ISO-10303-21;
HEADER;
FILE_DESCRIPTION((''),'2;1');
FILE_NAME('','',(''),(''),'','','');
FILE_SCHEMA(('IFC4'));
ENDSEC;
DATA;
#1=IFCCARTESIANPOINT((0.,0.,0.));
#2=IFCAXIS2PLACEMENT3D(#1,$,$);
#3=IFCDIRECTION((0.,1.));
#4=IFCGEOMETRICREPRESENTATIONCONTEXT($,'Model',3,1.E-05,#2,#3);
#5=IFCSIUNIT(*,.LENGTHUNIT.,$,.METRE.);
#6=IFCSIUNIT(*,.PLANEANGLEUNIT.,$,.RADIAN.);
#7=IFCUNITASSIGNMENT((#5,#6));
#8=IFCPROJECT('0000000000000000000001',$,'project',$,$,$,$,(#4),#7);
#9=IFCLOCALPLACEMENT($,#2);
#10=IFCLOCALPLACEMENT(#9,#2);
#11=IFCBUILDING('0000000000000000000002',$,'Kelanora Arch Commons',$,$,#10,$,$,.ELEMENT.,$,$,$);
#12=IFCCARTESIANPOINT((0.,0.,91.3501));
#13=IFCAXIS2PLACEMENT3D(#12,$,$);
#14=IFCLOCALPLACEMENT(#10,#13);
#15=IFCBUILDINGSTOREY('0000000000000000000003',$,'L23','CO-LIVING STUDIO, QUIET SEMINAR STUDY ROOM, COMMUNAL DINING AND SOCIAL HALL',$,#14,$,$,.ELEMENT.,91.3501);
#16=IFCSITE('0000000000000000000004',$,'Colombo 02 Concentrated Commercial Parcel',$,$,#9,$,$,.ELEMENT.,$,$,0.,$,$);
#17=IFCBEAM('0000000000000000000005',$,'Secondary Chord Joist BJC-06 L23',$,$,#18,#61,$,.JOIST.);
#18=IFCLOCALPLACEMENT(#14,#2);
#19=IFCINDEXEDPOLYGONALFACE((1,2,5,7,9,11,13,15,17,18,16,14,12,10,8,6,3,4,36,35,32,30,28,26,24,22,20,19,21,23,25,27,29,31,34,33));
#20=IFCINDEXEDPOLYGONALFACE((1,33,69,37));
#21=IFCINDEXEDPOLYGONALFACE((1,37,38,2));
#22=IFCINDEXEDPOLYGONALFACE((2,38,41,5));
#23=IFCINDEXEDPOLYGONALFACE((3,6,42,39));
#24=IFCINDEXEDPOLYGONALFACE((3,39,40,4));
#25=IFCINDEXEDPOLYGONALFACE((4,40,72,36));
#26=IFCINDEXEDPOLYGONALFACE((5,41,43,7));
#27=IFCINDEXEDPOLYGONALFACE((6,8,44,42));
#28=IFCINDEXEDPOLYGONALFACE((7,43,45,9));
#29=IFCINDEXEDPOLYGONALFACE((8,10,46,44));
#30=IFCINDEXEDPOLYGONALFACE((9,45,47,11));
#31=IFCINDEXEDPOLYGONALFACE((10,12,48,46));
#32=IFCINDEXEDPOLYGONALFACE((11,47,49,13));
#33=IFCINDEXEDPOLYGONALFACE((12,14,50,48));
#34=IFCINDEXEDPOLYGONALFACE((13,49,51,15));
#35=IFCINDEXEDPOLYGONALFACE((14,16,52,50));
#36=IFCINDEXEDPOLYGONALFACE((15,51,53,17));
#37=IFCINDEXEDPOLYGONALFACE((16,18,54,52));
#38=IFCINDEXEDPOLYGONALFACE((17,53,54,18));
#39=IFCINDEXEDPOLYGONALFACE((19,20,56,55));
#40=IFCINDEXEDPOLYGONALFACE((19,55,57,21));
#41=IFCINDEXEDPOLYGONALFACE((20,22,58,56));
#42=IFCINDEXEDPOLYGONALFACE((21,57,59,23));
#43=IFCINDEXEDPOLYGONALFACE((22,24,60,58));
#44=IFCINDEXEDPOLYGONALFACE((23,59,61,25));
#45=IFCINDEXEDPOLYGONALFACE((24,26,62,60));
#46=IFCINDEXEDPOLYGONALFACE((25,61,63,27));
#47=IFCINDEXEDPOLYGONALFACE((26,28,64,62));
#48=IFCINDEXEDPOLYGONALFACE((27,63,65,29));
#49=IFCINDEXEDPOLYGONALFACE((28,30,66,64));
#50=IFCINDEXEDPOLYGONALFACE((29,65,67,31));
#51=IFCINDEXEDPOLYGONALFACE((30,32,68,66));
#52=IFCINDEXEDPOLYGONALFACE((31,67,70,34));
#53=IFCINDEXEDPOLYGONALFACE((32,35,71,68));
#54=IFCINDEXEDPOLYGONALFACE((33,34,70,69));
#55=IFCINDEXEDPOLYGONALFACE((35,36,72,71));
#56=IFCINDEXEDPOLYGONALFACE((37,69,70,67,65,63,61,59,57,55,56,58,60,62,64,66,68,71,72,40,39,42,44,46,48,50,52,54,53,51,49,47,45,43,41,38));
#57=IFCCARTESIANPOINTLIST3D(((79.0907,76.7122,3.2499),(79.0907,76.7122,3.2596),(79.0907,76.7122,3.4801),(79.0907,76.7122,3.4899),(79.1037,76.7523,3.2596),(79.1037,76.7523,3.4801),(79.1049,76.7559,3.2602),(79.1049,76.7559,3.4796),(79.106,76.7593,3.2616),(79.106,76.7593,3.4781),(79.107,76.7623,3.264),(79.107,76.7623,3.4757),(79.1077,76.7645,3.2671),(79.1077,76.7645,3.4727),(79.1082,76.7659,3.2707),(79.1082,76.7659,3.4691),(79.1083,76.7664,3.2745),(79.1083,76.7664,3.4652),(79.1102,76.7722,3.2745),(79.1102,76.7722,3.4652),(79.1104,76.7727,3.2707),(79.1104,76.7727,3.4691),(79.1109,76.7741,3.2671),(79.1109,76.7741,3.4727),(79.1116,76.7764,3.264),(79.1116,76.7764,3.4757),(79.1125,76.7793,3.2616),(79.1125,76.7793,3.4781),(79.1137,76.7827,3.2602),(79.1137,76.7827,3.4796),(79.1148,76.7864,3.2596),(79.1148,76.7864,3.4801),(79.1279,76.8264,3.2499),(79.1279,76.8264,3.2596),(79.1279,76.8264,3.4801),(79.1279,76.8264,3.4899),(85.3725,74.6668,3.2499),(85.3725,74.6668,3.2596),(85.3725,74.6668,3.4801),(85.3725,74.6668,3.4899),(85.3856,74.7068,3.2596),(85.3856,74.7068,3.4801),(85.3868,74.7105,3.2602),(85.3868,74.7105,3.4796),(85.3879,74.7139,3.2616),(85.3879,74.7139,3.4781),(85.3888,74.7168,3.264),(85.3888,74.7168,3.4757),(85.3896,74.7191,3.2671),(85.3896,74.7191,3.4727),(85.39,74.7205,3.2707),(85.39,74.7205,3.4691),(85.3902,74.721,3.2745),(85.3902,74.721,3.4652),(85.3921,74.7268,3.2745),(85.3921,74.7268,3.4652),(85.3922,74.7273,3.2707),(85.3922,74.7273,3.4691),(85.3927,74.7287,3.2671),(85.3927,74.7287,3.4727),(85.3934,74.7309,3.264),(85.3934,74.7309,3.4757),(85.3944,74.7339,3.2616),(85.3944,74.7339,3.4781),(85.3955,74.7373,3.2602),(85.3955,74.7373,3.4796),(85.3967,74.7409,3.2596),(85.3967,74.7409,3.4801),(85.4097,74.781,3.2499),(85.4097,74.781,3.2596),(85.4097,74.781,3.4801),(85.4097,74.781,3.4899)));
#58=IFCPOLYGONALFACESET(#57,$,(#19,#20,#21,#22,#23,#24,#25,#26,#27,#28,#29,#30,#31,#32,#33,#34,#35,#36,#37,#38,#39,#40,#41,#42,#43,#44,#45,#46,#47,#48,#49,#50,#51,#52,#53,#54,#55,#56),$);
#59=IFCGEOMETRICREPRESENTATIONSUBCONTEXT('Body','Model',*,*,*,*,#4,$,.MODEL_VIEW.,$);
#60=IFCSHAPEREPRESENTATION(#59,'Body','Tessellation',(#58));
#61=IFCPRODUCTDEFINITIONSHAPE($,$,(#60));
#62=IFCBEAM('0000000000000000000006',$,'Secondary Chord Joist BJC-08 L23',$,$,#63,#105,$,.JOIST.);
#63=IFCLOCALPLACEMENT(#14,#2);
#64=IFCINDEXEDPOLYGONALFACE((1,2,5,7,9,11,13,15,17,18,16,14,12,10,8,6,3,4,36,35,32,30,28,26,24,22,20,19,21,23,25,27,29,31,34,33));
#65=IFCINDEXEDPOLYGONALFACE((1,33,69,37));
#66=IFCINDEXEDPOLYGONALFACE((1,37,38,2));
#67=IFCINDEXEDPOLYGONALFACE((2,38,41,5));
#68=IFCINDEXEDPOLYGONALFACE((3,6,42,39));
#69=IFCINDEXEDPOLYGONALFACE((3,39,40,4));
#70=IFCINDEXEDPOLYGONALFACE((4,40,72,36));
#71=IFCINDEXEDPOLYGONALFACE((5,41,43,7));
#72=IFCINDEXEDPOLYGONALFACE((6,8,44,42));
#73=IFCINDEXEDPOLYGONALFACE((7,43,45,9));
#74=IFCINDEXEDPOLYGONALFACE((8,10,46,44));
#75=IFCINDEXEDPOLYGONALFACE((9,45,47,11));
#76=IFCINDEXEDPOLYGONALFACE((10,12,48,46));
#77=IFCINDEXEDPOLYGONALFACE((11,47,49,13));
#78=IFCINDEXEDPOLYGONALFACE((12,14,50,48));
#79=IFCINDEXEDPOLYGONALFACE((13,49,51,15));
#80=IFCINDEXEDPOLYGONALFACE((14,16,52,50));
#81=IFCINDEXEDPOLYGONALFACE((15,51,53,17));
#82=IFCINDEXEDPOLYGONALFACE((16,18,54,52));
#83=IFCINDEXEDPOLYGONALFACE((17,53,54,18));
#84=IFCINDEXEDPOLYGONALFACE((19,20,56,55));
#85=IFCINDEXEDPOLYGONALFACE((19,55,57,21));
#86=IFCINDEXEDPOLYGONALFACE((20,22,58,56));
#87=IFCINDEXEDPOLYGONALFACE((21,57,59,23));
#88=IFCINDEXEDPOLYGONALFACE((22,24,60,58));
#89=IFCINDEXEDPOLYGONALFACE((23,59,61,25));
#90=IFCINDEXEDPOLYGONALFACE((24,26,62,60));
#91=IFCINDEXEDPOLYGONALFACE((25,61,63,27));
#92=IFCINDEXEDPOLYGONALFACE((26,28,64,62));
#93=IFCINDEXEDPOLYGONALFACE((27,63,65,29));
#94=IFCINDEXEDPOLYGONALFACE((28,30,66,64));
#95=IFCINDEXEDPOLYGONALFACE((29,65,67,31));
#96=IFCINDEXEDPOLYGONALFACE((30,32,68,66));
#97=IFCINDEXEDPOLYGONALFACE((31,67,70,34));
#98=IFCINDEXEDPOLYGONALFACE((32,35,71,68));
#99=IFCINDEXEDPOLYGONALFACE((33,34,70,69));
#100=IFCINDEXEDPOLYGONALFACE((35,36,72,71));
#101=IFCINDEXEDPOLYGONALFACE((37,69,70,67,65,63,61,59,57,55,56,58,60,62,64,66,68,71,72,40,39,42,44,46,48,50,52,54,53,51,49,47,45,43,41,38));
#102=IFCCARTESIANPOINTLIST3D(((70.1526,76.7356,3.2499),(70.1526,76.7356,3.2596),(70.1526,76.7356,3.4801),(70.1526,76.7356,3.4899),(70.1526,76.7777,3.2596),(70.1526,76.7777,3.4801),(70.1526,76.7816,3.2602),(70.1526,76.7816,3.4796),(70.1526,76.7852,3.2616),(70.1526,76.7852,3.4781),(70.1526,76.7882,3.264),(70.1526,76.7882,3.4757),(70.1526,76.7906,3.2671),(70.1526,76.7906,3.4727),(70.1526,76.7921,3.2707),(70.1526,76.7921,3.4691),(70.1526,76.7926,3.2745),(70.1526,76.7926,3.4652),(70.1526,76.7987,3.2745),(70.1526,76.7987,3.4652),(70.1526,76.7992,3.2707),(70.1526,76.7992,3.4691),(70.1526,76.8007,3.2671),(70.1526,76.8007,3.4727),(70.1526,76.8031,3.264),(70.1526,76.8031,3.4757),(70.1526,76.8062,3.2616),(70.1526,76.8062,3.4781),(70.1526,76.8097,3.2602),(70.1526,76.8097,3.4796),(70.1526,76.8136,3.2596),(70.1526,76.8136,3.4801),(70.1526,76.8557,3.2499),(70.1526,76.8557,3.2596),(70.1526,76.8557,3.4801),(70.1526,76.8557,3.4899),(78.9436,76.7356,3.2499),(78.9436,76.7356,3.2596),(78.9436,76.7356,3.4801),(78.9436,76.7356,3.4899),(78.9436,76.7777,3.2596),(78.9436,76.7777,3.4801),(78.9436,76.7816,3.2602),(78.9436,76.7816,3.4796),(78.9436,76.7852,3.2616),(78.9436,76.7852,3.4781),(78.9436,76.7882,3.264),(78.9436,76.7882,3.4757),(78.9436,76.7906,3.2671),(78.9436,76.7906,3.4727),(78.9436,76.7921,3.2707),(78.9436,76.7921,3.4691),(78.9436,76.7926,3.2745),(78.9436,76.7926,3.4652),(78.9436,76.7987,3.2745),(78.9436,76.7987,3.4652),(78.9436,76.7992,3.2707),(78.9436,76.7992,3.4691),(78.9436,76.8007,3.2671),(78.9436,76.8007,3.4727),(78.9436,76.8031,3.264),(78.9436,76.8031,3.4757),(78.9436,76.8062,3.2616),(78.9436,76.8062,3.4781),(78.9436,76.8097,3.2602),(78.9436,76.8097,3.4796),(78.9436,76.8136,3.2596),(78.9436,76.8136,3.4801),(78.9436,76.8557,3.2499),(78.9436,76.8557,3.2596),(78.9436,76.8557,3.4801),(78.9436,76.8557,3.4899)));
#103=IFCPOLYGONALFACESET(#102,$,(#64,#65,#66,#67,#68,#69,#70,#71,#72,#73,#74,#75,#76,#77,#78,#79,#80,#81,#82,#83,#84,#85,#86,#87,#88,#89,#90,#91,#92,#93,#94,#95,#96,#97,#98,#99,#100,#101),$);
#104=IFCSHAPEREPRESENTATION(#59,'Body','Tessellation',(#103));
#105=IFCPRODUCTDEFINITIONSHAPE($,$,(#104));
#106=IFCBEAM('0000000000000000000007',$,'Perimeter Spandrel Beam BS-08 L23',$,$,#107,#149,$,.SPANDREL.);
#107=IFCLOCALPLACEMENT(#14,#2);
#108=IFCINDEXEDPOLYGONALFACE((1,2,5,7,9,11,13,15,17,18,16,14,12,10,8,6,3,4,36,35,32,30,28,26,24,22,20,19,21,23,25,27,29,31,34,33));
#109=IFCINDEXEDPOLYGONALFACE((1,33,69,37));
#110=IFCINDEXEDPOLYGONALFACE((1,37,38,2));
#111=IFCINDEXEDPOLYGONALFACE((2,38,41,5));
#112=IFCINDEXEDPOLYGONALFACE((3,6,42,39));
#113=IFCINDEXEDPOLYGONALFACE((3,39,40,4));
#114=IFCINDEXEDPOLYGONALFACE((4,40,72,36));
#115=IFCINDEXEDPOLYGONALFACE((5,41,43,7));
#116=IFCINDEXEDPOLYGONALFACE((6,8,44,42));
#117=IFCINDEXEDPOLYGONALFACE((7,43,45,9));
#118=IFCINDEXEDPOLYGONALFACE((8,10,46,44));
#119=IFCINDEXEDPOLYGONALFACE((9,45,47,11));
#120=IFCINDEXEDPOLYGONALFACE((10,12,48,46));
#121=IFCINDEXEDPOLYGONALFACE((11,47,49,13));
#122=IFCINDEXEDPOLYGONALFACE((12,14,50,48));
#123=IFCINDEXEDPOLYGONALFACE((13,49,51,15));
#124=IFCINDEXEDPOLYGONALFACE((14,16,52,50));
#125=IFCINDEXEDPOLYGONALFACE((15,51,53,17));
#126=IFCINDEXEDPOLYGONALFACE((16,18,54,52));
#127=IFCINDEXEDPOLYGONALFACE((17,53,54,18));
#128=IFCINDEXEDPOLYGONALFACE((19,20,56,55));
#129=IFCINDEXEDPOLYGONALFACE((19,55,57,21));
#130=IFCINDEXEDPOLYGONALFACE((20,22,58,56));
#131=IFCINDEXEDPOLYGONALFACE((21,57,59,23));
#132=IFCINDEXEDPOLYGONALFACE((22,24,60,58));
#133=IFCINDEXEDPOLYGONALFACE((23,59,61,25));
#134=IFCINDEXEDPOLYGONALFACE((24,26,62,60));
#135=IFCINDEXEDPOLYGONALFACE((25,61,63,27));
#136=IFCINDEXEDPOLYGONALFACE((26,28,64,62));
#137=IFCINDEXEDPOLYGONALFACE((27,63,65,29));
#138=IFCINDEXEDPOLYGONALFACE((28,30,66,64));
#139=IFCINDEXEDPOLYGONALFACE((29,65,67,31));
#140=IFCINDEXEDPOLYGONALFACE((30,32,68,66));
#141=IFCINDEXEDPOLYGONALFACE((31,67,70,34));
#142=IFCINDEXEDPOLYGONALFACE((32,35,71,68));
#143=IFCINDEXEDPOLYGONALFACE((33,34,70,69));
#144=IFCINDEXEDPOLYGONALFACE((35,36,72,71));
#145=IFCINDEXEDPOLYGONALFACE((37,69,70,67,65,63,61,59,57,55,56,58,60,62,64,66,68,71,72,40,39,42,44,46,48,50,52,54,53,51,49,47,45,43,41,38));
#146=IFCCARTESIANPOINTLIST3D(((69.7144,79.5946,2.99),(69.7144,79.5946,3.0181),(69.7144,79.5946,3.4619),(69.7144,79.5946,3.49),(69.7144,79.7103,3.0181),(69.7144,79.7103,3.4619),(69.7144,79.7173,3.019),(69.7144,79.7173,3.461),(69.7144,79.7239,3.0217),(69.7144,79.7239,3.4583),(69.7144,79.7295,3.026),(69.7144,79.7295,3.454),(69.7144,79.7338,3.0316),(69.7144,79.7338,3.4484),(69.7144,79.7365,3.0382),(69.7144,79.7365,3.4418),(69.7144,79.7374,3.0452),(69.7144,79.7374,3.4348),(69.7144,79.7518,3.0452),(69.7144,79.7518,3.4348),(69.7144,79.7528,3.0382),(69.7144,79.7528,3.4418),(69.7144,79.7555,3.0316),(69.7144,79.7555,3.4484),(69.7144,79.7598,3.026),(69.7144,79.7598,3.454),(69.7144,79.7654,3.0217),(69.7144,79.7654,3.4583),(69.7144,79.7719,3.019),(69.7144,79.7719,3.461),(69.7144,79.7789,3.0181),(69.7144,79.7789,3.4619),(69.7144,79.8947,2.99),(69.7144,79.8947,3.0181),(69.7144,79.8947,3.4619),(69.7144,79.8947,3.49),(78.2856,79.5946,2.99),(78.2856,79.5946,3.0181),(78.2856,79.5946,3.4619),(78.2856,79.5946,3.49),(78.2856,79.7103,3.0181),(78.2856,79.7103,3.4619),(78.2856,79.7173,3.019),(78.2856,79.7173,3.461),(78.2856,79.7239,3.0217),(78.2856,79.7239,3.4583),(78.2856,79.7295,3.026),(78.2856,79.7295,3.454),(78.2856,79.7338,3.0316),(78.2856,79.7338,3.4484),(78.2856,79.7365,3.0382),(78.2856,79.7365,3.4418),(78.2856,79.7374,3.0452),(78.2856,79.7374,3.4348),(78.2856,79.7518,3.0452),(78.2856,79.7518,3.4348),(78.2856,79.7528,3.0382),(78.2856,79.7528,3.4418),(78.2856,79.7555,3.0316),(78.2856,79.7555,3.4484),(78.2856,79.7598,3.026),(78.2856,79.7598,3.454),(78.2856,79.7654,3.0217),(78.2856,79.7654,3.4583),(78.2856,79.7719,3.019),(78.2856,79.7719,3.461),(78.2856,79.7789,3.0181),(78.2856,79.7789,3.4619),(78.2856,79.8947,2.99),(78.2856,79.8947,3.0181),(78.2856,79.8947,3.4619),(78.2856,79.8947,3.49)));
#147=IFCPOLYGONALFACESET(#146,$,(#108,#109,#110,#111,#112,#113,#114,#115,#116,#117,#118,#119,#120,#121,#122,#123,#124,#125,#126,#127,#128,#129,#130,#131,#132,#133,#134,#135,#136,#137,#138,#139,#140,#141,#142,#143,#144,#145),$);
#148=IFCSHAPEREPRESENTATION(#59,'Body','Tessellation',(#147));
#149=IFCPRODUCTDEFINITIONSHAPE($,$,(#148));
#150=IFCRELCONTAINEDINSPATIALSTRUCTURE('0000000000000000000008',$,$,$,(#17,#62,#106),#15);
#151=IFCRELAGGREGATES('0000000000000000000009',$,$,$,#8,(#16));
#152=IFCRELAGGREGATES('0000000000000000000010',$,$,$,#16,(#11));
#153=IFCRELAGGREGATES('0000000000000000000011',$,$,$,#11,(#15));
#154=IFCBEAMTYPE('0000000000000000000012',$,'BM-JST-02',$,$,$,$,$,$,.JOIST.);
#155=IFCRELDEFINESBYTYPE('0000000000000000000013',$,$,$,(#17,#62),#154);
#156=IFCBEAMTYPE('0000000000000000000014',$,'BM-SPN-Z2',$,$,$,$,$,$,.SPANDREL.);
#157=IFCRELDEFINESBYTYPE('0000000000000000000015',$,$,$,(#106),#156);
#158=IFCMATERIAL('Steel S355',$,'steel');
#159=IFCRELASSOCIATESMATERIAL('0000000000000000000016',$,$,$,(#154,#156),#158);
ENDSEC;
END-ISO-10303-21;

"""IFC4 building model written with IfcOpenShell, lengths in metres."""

from ifc_helpers import new_model, si_unit, direction, frame, origin, origin_2d, place, context, subcontext, project, spatial, i_section, extrude, material, material_profile, profile_set, type_object, element, save


model = new_model("IFC4")

# Units and contexts
model_context = context("Model", 3, precision=1e-05, world=origin(), true_north=direction((0.0, 1.0)))
body_context = subcontext(model_context, "Body", "Model", "MODEL_VIEW")
ifc_project = project(units=[si_unit("LENGTHUNIT", "METRE"), si_unit("PLANEANGLEUNIT", "RADIAN")], contexts=[model_context])

# Site, building, storey
site_placement = place(None, origin())
site = spatial("IfcSite", under=ifc_project, at=site_placement, Name="Colombo 02 Concentrated Commercial Parcel", CompositionType="ELEMENT", RefElevation=0.0)
building_placement = place(site_placement, origin())
building = spatial("IfcBuilding", under=site, at=building_placement, Name="Kelanora Arch Commons", CompositionType="ELEMENT")
storey_placement = place(building_placement, frame((0.0, 0.0, 91.3501)))
storey = spatial("IfcBuildingStorey", under=building, at=storey_placement, Name="L23", Description="CO-LIVING STUDIO, QUIET SEMINAR STUDY ROOM, COMMUNAL DINING AND SOCIAL HALL", CompositionType="ELEMENT", Elevation=91.3501)

# Beams
ifc_material_1 = material(Name="Steel S355", Category="steel")
ifc_material_profile_1 = material_profile(ifc_material_1, i_section(OverallWidth=0.1201, OverallDepth=0.24, WebThickness=0.0061, FlangeThickness=0.0098, FilletRadius=0.0149, at=origin_2d()), Name="IPE240")
ifc_profile_set_1 = profile_set([ifc_material_profile_1], Name="Steel S355")
beam_type_1 = type_object("IfcBeamType", Name="BM-JST-02", PredefinedType="JOIST", material=ifc_profile_set_1)
beam_1_placement = place(storey_placement, frame((85.3911, 74.7239, 3.3699), z_axis=(-0.950863, 0.309612, 0.0), x_axis=(-0.309612, -0.950863, 0.0)))
element("IfcBeam", 1, at=beam_1_placement, inside=storey, type_object=beam_type_1, Name="Secondary Chord Joist BJC-06 L23", PredefinedType="JOIST", context=body_context, shape_type="SweptSolid", body=[
    extrude(i_section(OverallWidth=0.1201, OverallDepth=0.24, WebThickness=0.0061, FlangeThickness=0.0098, FilletRadius=0.0149, at=origin_2d()), origin(), (0.0, 0.0, 1.0), 6.6064),
])
beam_2_placement = place(storey_placement, frame((78.9436, 76.7957, 3.3699), z_axis=(-1.0, 0.0, 0.0), x_axis=(0.0, -1.0, 0.0)))
element("IfcBeam", 2, at=beam_2_placement, inside=storey, type_object=beam_type_1, Name="Secondary Chord Joist BJC-08 L23", PredefinedType="JOIST", context=body_context, shape_type="SweptSolid", body=[
    extrude(i_section(OverallWidth=0.1201, OverallDepth=0.24, WebThickness=0.0061, FlangeThickness=0.0098, FilletRadius=0.0149, at=origin_2d()), origin(), (0.0, 0.0, 1.0), 8.791),
])
ifc_material_profile_2 = material_profile(ifc_material_1, i_section(OverallWidth=0.3, OverallDepth=0.5, WebThickness=0.0144, FlangeThickness=0.0281, FilletRadius=0.0271, at=origin_2d()), Name="HEB500")
ifc_profile_set_2 = profile_set([ifc_material_profile_2], Name="Steel S355")
beam_type_2 = type_object("IfcBeamType", Name="BM-SPN-Z2", PredefinedType="SPANDREL", material=ifc_profile_set_2)
beam_3_placement = place(storey_placement, frame((78.2856, 79.7446, 3.24), z_axis=(-1.0, 0.0, 0.0), x_axis=(0.0, -1.0, 0.0)))
element("IfcBeam", 3, at=beam_3_placement, inside=storey, type_object=beam_type_2, Name="Perimeter Spandrel Beam BS-08 L23", PredefinedType="SPANDREL", context=body_context, shape_type="SweptSolid", body=[
    extrude(i_section(OverallWidth=0.3, OverallDepth=0.5, WebThickness=0.0144, FlangeThickness=0.0281, FilletRadius=0.0271, at=origin_2d()), origin(), (0.0, 0.0, 1.0), 8.5713),
])

save(model, "model.ifc")
